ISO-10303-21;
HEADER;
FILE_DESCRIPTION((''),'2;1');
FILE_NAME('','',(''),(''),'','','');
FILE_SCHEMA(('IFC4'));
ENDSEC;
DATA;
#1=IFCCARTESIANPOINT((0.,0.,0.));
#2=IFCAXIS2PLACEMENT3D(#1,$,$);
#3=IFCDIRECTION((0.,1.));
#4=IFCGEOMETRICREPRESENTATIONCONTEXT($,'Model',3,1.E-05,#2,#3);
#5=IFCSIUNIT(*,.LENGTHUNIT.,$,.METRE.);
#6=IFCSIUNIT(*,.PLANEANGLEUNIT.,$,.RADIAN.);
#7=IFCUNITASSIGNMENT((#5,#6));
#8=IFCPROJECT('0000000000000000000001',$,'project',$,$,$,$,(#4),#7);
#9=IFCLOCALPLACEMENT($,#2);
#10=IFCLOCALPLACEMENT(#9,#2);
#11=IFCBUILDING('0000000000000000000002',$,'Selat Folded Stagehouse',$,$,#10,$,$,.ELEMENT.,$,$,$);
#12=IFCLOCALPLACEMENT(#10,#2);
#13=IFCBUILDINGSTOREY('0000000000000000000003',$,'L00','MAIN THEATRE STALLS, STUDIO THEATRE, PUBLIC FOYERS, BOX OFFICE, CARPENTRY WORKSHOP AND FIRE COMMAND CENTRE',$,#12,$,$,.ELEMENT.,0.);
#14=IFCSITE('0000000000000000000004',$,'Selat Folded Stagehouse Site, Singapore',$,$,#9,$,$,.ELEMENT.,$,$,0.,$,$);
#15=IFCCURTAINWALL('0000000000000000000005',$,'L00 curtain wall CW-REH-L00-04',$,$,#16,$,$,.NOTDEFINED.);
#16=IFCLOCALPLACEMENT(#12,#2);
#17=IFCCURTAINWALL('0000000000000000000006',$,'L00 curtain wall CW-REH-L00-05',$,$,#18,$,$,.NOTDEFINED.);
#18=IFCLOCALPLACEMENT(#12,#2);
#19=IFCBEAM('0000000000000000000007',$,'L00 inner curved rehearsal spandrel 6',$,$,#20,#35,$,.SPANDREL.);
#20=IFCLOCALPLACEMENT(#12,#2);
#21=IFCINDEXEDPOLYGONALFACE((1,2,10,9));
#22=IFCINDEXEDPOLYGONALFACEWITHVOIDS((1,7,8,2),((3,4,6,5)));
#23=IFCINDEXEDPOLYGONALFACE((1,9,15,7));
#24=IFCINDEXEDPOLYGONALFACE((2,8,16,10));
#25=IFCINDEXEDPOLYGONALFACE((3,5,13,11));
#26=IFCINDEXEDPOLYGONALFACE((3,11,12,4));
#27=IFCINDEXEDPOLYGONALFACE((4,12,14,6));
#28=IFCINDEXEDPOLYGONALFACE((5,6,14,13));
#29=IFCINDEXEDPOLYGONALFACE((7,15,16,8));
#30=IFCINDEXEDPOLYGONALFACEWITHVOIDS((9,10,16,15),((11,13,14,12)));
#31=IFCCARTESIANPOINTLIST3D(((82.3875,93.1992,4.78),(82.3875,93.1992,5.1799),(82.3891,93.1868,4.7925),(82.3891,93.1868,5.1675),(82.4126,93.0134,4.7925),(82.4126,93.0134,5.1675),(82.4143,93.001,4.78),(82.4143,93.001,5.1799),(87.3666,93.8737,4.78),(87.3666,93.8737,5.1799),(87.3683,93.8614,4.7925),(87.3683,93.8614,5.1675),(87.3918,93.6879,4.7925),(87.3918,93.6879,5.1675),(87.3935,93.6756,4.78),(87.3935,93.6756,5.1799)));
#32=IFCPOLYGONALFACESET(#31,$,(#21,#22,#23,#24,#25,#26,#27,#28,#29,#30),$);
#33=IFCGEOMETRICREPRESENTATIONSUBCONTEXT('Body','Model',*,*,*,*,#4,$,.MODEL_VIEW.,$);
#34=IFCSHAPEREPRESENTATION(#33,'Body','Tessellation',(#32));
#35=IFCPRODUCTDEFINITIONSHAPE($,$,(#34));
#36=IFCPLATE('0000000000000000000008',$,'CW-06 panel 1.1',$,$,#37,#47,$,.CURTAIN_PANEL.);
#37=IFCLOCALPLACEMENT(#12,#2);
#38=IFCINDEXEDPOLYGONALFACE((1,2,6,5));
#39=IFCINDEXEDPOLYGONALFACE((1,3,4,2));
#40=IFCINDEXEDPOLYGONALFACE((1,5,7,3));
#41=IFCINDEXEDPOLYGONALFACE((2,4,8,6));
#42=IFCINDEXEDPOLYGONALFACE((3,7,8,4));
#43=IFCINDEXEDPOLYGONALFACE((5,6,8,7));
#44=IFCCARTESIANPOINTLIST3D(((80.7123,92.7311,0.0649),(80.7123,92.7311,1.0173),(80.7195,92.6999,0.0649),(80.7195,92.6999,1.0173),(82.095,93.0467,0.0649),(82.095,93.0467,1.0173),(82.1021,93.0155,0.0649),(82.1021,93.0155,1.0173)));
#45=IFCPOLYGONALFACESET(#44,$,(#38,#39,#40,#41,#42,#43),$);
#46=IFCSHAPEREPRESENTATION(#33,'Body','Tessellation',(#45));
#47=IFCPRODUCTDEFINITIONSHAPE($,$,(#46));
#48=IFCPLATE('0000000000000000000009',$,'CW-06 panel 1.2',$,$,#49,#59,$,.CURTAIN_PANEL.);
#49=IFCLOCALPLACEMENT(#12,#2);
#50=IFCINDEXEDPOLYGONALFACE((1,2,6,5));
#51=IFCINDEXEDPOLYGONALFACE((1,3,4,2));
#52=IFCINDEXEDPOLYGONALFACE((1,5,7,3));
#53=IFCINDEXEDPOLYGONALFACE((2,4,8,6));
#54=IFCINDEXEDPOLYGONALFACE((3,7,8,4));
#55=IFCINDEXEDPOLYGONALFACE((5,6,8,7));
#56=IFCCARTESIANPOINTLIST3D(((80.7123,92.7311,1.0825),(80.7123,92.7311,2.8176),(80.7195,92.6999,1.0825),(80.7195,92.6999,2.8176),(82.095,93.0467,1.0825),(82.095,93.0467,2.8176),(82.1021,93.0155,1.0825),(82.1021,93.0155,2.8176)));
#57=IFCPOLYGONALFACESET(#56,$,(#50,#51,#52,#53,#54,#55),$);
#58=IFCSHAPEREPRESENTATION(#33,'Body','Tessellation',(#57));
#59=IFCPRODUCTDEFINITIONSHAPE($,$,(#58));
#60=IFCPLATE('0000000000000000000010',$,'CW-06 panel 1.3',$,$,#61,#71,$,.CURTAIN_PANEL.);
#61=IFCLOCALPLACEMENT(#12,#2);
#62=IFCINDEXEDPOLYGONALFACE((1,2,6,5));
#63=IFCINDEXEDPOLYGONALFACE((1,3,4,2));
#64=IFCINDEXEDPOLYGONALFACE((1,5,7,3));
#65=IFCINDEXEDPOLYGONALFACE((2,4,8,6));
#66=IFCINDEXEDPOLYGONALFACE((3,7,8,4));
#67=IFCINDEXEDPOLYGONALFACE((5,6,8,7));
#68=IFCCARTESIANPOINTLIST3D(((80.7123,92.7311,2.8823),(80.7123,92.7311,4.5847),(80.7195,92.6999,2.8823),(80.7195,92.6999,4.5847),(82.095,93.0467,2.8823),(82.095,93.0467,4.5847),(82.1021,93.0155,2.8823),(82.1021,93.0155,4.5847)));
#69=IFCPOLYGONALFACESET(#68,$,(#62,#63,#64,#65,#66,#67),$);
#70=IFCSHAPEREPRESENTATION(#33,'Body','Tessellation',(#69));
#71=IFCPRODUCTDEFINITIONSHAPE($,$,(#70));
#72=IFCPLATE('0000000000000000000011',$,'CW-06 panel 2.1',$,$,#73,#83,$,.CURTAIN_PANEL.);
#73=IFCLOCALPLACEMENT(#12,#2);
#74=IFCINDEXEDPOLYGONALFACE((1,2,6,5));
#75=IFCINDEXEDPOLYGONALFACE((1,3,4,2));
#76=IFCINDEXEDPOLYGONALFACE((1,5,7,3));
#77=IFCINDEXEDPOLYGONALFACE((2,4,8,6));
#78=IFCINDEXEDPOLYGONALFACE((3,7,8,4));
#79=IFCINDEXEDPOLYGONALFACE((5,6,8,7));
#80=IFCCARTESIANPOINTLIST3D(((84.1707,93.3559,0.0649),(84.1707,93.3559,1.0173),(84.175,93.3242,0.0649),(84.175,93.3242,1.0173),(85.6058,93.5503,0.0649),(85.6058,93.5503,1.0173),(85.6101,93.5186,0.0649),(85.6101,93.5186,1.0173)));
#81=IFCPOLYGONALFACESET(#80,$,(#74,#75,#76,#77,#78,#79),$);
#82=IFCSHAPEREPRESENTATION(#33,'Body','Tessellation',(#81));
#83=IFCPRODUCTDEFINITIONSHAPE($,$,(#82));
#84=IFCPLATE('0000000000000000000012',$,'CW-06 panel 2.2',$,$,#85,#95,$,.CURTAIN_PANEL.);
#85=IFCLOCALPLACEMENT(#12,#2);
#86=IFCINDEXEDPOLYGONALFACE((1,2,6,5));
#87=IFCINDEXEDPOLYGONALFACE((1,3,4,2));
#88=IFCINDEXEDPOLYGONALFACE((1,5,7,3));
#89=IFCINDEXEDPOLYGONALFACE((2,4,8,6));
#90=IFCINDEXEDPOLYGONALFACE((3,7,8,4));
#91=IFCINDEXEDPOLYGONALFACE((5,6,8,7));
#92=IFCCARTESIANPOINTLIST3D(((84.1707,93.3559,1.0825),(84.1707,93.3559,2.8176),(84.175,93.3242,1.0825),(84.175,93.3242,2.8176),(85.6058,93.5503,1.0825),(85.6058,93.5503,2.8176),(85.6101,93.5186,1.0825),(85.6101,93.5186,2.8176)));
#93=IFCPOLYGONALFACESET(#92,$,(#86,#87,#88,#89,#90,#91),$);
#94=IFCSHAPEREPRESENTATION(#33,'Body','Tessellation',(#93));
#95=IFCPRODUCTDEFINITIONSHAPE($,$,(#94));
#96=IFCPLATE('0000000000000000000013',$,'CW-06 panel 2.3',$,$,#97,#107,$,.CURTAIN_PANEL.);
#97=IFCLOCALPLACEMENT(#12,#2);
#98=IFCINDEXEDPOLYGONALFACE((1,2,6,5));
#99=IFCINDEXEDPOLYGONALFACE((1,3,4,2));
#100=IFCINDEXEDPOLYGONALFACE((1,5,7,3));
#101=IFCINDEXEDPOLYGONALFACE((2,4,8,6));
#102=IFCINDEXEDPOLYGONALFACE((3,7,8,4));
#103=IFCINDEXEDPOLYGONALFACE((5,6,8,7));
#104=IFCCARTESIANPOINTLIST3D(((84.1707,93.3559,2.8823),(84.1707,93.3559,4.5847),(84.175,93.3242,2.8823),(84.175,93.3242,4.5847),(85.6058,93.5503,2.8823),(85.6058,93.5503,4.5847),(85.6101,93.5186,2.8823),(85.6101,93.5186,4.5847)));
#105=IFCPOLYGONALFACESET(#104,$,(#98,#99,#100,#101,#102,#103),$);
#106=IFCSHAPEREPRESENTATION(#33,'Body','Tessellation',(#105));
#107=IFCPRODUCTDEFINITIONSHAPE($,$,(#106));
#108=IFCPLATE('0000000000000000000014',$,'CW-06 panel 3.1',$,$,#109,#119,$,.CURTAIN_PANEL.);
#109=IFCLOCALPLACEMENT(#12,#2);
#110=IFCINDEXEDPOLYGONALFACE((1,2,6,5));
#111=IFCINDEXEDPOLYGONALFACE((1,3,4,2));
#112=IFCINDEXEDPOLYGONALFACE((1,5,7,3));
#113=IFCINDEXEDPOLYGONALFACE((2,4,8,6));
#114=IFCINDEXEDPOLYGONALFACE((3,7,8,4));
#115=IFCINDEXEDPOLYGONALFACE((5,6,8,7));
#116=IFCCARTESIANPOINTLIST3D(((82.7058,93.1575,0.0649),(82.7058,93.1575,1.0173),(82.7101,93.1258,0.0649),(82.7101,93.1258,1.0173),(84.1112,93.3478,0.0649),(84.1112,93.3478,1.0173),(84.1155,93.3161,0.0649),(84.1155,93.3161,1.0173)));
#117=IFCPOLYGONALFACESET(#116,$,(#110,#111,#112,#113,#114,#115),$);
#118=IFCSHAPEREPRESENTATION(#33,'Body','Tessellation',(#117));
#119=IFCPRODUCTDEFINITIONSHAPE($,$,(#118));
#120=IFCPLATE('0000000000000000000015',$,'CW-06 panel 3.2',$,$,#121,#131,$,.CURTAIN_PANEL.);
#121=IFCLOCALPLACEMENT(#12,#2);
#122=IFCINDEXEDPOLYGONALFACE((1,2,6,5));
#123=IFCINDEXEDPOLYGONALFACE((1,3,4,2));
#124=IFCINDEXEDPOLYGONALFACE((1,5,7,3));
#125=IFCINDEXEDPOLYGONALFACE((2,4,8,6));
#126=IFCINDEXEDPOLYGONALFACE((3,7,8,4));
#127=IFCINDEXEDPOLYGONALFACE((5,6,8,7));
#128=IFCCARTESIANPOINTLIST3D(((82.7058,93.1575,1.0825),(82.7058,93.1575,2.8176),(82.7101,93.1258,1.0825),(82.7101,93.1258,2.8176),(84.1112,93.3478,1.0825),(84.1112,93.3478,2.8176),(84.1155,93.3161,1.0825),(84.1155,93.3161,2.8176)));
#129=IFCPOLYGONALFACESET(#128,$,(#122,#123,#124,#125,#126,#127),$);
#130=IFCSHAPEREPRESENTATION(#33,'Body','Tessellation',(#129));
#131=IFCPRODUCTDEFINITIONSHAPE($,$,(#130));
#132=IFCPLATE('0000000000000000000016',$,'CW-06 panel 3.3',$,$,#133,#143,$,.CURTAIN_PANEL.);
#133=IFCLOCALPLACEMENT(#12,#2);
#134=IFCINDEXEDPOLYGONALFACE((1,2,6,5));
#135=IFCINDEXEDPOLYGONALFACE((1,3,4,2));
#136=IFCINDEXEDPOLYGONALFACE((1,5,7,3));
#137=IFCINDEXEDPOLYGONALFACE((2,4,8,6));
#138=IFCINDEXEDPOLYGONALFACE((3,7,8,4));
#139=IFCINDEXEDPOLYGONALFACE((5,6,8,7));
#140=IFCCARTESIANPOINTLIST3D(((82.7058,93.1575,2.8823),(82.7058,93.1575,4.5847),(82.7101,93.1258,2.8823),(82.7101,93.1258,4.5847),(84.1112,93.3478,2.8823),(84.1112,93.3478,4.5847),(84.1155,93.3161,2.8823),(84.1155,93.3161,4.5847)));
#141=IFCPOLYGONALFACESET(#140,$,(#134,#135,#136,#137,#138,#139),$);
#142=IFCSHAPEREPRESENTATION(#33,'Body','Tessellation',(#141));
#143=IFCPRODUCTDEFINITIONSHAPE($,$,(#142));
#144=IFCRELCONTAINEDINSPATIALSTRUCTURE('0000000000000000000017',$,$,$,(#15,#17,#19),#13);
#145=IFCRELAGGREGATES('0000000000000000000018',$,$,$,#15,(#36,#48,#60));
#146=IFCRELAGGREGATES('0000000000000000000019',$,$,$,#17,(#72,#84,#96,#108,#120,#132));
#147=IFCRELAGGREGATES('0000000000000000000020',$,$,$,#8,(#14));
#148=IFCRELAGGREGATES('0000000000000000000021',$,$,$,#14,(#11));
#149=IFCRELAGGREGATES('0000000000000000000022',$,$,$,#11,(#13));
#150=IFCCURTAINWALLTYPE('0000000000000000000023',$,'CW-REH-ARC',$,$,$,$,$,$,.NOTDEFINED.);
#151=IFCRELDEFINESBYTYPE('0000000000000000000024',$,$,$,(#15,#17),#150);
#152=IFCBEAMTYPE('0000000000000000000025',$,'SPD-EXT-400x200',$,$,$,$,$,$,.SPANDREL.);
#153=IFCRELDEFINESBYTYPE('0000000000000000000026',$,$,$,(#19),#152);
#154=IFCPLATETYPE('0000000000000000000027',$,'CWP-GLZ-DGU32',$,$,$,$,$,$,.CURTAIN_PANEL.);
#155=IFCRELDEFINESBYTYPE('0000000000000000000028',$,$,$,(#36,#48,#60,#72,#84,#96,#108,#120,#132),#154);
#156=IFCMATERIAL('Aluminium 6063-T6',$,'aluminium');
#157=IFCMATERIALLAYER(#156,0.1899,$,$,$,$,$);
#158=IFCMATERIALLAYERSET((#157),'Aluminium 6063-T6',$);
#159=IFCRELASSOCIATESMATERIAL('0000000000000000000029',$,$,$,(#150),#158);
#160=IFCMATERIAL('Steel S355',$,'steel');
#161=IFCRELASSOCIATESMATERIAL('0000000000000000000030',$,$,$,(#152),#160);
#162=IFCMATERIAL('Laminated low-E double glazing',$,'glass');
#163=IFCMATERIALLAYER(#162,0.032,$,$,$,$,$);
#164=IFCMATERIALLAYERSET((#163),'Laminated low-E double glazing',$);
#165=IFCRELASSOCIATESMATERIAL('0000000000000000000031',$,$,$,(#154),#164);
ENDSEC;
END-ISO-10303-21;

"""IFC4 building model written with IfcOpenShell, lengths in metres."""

from ifc_helpers import new_model, si_unit, direction, frame, origin, origin_2d, place, context, subcontext, project, spatial, rectangle, hollow_rectangle, extrude, material, layer, layer_set, material_profile, profile_set, type_object, element, aggregate, save


model = new_model("IFC4")

# Units and contexts
model_context = context("Model", 3, precision=1e-05, world=origin(), true_north=direction((0.0, 1.0)))
body_context = subcontext(model_context, "Body", "Model", "MODEL_VIEW")
ifc_project = project(units=[si_unit("LENGTHUNIT", "METRE"), si_unit("PLANEANGLEUNIT", "RADIAN")], contexts=[model_context])

# Site, building, storey
site_placement = place(None, origin())
site = spatial("IfcSite", under=ifc_project, at=site_placement, Name="Selat Folded Stagehouse Site, Singapore", CompositionType="ELEMENT", RefElevation=0.0)
building_placement = place(site_placement, origin())
building = spatial("IfcBuilding", under=site, at=building_placement, Name="Selat Folded Stagehouse", CompositionType="ELEMENT")
storey_placement = place(building_placement, origin())
storey = spatial("IfcBuildingStorey", under=building, at=storey_placement, Name="L00", Description="MAIN THEATRE STALLS, STUDIO THEATRE, PUBLIC FOYERS, BOX OFFICE, CARPENTRY WORKSHOP AND FIRE COMMAND CENTRE", CompositionType="ELEMENT", Elevation=0.0)

# Shared definitions
ifc_material_1 = material(Name="Steel S355", Category="steel")

# Curtain walls
ifc_material_2 = material(Name="Aluminium 6063-T6", Category="aluminium")
ifc_layer_1 = layer(ifc_material_2, 0.1899)
ifc_layer_set_1 = layer_set([ifc_layer_1], Name="Aluminium 6063-T6")
curtain_wall_type = type_object("IfcCurtainWallType", Name="CW-REH-ARC", PredefinedType="NOTDEFINED", material=ifc_layer_set_1)
curtain_wall_1_placement = place(storey_placement, origin())
curtain_wall_1 = element("IfcCurtainWall", 1, at=curtain_wall_1_placement, inside=storey, type_object=curtain_wall_type, Name="L00 curtain wall CW-REH-L00-04", PredefinedType="NOTDEFINED")
curtain_wall_2_placement = place(storey_placement, origin())
curtain_wall_2 = element("IfcCurtainWall", 2, at=curtain_wall_2_placement, inside=storey, type_object=curtain_wall_type, Name="L00 curtain wall CW-REH-L00-05", PredefinedType="NOTDEFINED")

# Beam
ifc_material_profile_1 = material_profile(ifc_material_1, hollow_rectangle(XDim=0.2, YDim=0.3999, WallThickness=0.0125, at=origin_2d()), Name="RHS 400x200x12.5")
ifc_profile_set_1 = profile_set([ifc_material_profile_1], Name="Steel S355")
beam_type_1 = type_object("IfcBeamType", Name="SPD-EXT-400x200", PredefinedType="SPANDREL", material=ifc_profile_set_1)
beam_1_placement = place(storey_placement, frame((82.4009, 93.1001, 4.98), z_axis=(0.990948, 0.134248, 0.0), x_axis=(-0.134248, 0.990948, 0.0)))
element("IfcBeam", 3, at=beam_1_placement, inside=storey, type_object=beam_type_1, Name="L00 inner curved rehearsal spandrel 6", PredefinedType="SPANDREL", context=body_context, shape_type="SweptSolid", body=[
    extrude(hollow_rectangle(XDim=0.2, YDim=0.3999, WallThickness=0.0125, at=origin_2d()), origin(), (0.0, 0.0, 1.0), 5.0247),
])

# Plates
ifc_material_3 = material(Name="Laminated low-E double glazing", Category="glass")
ifc_layer_2 = layer(ifc_material_3, 0.032)
ifc_layer_set_2 = layer_set([ifc_layer_2], Name="Laminated low-E double glazing")
plate_type = type_object("IfcPlateType", Name="CWP-GLZ-DGU32", PredefinedType="CURTAIN_PANEL", material=ifc_layer_set_2)
plate_1_placement = place(storey_placement, frame((81.4072, 92.8733, 0.0649), z_axis=(0.0, 0.0, 1.0), x_axis=(-0.974923, -0.222543, 0.0)))
plate_1 = element("IfcPlate", 4, at=plate_1_placement, type_object=plate_type, Name="CW-06 panel 1.1", PredefinedType="CURTAIN_PANEL", context=body_context, shape_type="SweptSolid", body=[
    extrude(rectangle(XDim=1.4182, YDim=0.032, at=origin_2d()), origin(), (0.0, 0.0, 1.0), 0.9524),
])
plate_2_placement = place(storey_placement, frame((81.4072, 92.8733, 1.0825), z_axis=(0.0, 0.0, 1.0), x_axis=(-0.974923, -0.222543, 0.0)))
plate_2 = element("IfcPlate", 5, at=plate_2_placement, type_object=plate_type, Name="CW-06 panel 1.2", PredefinedType="CURTAIN_PANEL", context=body_context, shape_type="SweptSolid", body=[
    extrude(rectangle(XDim=1.4182, YDim=0.032, at=origin_2d()), origin(), (0.0, 0.0, 1.0), 1.7351),
])
plate_3_placement = place(storey_placement, frame((81.4072, 92.8733, 2.8823), z_axis=(0.0, 0.0, 1.0), x_axis=(-0.974923, -0.222543, 0.0)))
plate_3 = element("IfcPlate", 6, at=plate_3_placement, type_object=plate_type, Name="CW-06 panel 1.3", PredefinedType="CURTAIN_PANEL", context=body_context, shape_type="SweptSolid", body=[
    extrude(rectangle(XDim=1.4182, YDim=0.032, at=origin_2d()), origin(), (0.0, 0.0, 1.0), 1.7024),
])
aggregate(curtain_wall_1, [plate_1, plate_2, plate_3])
plate_4_placement = place(storey_placement, frame((84.8904, 93.4373, 0.0649), z_axis=(0.0, 0.0, 1.0), x_axis=(-0.990953, -0.134212, 0.0)))
plate_4 = element("IfcPlate", 7, at=plate_4_placement, type_object=plate_type, Name="CW-06 panel 2.1", PredefinedType="CURTAIN_PANEL", context=body_context, shape_type="SweptSolid", body=[
    extrude(rectangle(XDim=1.4482, YDim=0.032, at=origin_2d()), origin(), (0.0, 0.0, 1.0), 0.9524),
])
plate_5_placement = place(storey_placement, frame((84.8904, 93.4373, 1.0825), z_axis=(0.0, 0.0, 1.0), x_axis=(-0.990953, -0.134212, 0.0)))
plate_5 = element("IfcPlate", 8, at=plate_5_placement, type_object=plate_type, Name="CW-06 panel 2.2", PredefinedType="CURTAIN_PANEL", context=body_context, shape_type="SweptSolid", body=[
    extrude(rectangle(XDim=1.4482, YDim=0.032, at=origin_2d()), origin(), (0.0, 0.0, 1.0), 1.7351),
])
plate_6_placement = place(storey_placement, frame((84.8904, 93.4373, 2.8823), z_axis=(0.0, 0.0, 1.0), x_axis=(-0.990953, -0.134212, 0.0)))
plate_6 = element("IfcPlate", 9, at=plate_6_placement, type_object=plate_type, Name="CW-06 panel 2.3", PredefinedType="CURTAIN_PANEL", context=body_context, shape_type="SweptSolid", body=[
    extrude(rectangle(XDim=1.4482, YDim=0.032, at=origin_2d()), origin(), (0.0, 0.0, 1.0), 1.7024),
])
plate_7_placement = place(storey_placement, frame((83.4106, 93.2368, 0.0649), z_axis=(0.0, 0.0, 1.0), x_axis=(-0.990953, -0.134212, 0.0)))
plate_7 = element("IfcPlate", 10, at=plate_7_placement, type_object=plate_type, Name="CW-06 panel 3.1", PredefinedType="CURTAIN_PANEL", context=body_context, shape_type="SweptSolid", body=[
    extrude(rectangle(XDim=1.4182, YDim=0.032, at=origin_2d()), origin(), (0.0, 0.0, 1.0), 0.9524),
])
plate_8_placement = place(storey_placement, frame((83.4106, 93.2368, 1.0825), z_axis=(0.0, 0.0, 1.0), x_axis=(-0.990953, -0.134212, 0.0)))
plate_8 = element("IfcPlate", 11, at=plate_8_placement, type_object=plate_type, Name="CW-06 panel 3.2", PredefinedType="CURTAIN_PANEL", context=body_context, shape_type="SweptSolid", body=[
    extrude(rectangle(XDim=1.4182, YDim=0.032, at=origin_2d()), origin(), (0.0, 0.0, 1.0), 1.7351),
])
plate_9_placement = place(storey_placement, frame((83.4106, 93.2368, 2.8823), z_axis=(0.0, 0.0, 1.0), x_axis=(-0.990953, -0.134212, 0.0)))
plate_9 = element("IfcPlate", 12, at=plate_9_placement, type_object=plate_type, Name="CW-06 panel 3.3", PredefinedType="CURTAIN_PANEL", context=body_context, shape_type="SweptSolid", body=[
    extrude(rectangle(XDim=1.4182, YDim=0.032, at=origin_2d()), origin(), (0.0, 0.0, 1.0), 1.7024),
])
aggregate(curtain_wall_2, [plate_4, plate_5, plate_6, plate_7, plate_8, plate_9])

save(model, "model.ifc")
